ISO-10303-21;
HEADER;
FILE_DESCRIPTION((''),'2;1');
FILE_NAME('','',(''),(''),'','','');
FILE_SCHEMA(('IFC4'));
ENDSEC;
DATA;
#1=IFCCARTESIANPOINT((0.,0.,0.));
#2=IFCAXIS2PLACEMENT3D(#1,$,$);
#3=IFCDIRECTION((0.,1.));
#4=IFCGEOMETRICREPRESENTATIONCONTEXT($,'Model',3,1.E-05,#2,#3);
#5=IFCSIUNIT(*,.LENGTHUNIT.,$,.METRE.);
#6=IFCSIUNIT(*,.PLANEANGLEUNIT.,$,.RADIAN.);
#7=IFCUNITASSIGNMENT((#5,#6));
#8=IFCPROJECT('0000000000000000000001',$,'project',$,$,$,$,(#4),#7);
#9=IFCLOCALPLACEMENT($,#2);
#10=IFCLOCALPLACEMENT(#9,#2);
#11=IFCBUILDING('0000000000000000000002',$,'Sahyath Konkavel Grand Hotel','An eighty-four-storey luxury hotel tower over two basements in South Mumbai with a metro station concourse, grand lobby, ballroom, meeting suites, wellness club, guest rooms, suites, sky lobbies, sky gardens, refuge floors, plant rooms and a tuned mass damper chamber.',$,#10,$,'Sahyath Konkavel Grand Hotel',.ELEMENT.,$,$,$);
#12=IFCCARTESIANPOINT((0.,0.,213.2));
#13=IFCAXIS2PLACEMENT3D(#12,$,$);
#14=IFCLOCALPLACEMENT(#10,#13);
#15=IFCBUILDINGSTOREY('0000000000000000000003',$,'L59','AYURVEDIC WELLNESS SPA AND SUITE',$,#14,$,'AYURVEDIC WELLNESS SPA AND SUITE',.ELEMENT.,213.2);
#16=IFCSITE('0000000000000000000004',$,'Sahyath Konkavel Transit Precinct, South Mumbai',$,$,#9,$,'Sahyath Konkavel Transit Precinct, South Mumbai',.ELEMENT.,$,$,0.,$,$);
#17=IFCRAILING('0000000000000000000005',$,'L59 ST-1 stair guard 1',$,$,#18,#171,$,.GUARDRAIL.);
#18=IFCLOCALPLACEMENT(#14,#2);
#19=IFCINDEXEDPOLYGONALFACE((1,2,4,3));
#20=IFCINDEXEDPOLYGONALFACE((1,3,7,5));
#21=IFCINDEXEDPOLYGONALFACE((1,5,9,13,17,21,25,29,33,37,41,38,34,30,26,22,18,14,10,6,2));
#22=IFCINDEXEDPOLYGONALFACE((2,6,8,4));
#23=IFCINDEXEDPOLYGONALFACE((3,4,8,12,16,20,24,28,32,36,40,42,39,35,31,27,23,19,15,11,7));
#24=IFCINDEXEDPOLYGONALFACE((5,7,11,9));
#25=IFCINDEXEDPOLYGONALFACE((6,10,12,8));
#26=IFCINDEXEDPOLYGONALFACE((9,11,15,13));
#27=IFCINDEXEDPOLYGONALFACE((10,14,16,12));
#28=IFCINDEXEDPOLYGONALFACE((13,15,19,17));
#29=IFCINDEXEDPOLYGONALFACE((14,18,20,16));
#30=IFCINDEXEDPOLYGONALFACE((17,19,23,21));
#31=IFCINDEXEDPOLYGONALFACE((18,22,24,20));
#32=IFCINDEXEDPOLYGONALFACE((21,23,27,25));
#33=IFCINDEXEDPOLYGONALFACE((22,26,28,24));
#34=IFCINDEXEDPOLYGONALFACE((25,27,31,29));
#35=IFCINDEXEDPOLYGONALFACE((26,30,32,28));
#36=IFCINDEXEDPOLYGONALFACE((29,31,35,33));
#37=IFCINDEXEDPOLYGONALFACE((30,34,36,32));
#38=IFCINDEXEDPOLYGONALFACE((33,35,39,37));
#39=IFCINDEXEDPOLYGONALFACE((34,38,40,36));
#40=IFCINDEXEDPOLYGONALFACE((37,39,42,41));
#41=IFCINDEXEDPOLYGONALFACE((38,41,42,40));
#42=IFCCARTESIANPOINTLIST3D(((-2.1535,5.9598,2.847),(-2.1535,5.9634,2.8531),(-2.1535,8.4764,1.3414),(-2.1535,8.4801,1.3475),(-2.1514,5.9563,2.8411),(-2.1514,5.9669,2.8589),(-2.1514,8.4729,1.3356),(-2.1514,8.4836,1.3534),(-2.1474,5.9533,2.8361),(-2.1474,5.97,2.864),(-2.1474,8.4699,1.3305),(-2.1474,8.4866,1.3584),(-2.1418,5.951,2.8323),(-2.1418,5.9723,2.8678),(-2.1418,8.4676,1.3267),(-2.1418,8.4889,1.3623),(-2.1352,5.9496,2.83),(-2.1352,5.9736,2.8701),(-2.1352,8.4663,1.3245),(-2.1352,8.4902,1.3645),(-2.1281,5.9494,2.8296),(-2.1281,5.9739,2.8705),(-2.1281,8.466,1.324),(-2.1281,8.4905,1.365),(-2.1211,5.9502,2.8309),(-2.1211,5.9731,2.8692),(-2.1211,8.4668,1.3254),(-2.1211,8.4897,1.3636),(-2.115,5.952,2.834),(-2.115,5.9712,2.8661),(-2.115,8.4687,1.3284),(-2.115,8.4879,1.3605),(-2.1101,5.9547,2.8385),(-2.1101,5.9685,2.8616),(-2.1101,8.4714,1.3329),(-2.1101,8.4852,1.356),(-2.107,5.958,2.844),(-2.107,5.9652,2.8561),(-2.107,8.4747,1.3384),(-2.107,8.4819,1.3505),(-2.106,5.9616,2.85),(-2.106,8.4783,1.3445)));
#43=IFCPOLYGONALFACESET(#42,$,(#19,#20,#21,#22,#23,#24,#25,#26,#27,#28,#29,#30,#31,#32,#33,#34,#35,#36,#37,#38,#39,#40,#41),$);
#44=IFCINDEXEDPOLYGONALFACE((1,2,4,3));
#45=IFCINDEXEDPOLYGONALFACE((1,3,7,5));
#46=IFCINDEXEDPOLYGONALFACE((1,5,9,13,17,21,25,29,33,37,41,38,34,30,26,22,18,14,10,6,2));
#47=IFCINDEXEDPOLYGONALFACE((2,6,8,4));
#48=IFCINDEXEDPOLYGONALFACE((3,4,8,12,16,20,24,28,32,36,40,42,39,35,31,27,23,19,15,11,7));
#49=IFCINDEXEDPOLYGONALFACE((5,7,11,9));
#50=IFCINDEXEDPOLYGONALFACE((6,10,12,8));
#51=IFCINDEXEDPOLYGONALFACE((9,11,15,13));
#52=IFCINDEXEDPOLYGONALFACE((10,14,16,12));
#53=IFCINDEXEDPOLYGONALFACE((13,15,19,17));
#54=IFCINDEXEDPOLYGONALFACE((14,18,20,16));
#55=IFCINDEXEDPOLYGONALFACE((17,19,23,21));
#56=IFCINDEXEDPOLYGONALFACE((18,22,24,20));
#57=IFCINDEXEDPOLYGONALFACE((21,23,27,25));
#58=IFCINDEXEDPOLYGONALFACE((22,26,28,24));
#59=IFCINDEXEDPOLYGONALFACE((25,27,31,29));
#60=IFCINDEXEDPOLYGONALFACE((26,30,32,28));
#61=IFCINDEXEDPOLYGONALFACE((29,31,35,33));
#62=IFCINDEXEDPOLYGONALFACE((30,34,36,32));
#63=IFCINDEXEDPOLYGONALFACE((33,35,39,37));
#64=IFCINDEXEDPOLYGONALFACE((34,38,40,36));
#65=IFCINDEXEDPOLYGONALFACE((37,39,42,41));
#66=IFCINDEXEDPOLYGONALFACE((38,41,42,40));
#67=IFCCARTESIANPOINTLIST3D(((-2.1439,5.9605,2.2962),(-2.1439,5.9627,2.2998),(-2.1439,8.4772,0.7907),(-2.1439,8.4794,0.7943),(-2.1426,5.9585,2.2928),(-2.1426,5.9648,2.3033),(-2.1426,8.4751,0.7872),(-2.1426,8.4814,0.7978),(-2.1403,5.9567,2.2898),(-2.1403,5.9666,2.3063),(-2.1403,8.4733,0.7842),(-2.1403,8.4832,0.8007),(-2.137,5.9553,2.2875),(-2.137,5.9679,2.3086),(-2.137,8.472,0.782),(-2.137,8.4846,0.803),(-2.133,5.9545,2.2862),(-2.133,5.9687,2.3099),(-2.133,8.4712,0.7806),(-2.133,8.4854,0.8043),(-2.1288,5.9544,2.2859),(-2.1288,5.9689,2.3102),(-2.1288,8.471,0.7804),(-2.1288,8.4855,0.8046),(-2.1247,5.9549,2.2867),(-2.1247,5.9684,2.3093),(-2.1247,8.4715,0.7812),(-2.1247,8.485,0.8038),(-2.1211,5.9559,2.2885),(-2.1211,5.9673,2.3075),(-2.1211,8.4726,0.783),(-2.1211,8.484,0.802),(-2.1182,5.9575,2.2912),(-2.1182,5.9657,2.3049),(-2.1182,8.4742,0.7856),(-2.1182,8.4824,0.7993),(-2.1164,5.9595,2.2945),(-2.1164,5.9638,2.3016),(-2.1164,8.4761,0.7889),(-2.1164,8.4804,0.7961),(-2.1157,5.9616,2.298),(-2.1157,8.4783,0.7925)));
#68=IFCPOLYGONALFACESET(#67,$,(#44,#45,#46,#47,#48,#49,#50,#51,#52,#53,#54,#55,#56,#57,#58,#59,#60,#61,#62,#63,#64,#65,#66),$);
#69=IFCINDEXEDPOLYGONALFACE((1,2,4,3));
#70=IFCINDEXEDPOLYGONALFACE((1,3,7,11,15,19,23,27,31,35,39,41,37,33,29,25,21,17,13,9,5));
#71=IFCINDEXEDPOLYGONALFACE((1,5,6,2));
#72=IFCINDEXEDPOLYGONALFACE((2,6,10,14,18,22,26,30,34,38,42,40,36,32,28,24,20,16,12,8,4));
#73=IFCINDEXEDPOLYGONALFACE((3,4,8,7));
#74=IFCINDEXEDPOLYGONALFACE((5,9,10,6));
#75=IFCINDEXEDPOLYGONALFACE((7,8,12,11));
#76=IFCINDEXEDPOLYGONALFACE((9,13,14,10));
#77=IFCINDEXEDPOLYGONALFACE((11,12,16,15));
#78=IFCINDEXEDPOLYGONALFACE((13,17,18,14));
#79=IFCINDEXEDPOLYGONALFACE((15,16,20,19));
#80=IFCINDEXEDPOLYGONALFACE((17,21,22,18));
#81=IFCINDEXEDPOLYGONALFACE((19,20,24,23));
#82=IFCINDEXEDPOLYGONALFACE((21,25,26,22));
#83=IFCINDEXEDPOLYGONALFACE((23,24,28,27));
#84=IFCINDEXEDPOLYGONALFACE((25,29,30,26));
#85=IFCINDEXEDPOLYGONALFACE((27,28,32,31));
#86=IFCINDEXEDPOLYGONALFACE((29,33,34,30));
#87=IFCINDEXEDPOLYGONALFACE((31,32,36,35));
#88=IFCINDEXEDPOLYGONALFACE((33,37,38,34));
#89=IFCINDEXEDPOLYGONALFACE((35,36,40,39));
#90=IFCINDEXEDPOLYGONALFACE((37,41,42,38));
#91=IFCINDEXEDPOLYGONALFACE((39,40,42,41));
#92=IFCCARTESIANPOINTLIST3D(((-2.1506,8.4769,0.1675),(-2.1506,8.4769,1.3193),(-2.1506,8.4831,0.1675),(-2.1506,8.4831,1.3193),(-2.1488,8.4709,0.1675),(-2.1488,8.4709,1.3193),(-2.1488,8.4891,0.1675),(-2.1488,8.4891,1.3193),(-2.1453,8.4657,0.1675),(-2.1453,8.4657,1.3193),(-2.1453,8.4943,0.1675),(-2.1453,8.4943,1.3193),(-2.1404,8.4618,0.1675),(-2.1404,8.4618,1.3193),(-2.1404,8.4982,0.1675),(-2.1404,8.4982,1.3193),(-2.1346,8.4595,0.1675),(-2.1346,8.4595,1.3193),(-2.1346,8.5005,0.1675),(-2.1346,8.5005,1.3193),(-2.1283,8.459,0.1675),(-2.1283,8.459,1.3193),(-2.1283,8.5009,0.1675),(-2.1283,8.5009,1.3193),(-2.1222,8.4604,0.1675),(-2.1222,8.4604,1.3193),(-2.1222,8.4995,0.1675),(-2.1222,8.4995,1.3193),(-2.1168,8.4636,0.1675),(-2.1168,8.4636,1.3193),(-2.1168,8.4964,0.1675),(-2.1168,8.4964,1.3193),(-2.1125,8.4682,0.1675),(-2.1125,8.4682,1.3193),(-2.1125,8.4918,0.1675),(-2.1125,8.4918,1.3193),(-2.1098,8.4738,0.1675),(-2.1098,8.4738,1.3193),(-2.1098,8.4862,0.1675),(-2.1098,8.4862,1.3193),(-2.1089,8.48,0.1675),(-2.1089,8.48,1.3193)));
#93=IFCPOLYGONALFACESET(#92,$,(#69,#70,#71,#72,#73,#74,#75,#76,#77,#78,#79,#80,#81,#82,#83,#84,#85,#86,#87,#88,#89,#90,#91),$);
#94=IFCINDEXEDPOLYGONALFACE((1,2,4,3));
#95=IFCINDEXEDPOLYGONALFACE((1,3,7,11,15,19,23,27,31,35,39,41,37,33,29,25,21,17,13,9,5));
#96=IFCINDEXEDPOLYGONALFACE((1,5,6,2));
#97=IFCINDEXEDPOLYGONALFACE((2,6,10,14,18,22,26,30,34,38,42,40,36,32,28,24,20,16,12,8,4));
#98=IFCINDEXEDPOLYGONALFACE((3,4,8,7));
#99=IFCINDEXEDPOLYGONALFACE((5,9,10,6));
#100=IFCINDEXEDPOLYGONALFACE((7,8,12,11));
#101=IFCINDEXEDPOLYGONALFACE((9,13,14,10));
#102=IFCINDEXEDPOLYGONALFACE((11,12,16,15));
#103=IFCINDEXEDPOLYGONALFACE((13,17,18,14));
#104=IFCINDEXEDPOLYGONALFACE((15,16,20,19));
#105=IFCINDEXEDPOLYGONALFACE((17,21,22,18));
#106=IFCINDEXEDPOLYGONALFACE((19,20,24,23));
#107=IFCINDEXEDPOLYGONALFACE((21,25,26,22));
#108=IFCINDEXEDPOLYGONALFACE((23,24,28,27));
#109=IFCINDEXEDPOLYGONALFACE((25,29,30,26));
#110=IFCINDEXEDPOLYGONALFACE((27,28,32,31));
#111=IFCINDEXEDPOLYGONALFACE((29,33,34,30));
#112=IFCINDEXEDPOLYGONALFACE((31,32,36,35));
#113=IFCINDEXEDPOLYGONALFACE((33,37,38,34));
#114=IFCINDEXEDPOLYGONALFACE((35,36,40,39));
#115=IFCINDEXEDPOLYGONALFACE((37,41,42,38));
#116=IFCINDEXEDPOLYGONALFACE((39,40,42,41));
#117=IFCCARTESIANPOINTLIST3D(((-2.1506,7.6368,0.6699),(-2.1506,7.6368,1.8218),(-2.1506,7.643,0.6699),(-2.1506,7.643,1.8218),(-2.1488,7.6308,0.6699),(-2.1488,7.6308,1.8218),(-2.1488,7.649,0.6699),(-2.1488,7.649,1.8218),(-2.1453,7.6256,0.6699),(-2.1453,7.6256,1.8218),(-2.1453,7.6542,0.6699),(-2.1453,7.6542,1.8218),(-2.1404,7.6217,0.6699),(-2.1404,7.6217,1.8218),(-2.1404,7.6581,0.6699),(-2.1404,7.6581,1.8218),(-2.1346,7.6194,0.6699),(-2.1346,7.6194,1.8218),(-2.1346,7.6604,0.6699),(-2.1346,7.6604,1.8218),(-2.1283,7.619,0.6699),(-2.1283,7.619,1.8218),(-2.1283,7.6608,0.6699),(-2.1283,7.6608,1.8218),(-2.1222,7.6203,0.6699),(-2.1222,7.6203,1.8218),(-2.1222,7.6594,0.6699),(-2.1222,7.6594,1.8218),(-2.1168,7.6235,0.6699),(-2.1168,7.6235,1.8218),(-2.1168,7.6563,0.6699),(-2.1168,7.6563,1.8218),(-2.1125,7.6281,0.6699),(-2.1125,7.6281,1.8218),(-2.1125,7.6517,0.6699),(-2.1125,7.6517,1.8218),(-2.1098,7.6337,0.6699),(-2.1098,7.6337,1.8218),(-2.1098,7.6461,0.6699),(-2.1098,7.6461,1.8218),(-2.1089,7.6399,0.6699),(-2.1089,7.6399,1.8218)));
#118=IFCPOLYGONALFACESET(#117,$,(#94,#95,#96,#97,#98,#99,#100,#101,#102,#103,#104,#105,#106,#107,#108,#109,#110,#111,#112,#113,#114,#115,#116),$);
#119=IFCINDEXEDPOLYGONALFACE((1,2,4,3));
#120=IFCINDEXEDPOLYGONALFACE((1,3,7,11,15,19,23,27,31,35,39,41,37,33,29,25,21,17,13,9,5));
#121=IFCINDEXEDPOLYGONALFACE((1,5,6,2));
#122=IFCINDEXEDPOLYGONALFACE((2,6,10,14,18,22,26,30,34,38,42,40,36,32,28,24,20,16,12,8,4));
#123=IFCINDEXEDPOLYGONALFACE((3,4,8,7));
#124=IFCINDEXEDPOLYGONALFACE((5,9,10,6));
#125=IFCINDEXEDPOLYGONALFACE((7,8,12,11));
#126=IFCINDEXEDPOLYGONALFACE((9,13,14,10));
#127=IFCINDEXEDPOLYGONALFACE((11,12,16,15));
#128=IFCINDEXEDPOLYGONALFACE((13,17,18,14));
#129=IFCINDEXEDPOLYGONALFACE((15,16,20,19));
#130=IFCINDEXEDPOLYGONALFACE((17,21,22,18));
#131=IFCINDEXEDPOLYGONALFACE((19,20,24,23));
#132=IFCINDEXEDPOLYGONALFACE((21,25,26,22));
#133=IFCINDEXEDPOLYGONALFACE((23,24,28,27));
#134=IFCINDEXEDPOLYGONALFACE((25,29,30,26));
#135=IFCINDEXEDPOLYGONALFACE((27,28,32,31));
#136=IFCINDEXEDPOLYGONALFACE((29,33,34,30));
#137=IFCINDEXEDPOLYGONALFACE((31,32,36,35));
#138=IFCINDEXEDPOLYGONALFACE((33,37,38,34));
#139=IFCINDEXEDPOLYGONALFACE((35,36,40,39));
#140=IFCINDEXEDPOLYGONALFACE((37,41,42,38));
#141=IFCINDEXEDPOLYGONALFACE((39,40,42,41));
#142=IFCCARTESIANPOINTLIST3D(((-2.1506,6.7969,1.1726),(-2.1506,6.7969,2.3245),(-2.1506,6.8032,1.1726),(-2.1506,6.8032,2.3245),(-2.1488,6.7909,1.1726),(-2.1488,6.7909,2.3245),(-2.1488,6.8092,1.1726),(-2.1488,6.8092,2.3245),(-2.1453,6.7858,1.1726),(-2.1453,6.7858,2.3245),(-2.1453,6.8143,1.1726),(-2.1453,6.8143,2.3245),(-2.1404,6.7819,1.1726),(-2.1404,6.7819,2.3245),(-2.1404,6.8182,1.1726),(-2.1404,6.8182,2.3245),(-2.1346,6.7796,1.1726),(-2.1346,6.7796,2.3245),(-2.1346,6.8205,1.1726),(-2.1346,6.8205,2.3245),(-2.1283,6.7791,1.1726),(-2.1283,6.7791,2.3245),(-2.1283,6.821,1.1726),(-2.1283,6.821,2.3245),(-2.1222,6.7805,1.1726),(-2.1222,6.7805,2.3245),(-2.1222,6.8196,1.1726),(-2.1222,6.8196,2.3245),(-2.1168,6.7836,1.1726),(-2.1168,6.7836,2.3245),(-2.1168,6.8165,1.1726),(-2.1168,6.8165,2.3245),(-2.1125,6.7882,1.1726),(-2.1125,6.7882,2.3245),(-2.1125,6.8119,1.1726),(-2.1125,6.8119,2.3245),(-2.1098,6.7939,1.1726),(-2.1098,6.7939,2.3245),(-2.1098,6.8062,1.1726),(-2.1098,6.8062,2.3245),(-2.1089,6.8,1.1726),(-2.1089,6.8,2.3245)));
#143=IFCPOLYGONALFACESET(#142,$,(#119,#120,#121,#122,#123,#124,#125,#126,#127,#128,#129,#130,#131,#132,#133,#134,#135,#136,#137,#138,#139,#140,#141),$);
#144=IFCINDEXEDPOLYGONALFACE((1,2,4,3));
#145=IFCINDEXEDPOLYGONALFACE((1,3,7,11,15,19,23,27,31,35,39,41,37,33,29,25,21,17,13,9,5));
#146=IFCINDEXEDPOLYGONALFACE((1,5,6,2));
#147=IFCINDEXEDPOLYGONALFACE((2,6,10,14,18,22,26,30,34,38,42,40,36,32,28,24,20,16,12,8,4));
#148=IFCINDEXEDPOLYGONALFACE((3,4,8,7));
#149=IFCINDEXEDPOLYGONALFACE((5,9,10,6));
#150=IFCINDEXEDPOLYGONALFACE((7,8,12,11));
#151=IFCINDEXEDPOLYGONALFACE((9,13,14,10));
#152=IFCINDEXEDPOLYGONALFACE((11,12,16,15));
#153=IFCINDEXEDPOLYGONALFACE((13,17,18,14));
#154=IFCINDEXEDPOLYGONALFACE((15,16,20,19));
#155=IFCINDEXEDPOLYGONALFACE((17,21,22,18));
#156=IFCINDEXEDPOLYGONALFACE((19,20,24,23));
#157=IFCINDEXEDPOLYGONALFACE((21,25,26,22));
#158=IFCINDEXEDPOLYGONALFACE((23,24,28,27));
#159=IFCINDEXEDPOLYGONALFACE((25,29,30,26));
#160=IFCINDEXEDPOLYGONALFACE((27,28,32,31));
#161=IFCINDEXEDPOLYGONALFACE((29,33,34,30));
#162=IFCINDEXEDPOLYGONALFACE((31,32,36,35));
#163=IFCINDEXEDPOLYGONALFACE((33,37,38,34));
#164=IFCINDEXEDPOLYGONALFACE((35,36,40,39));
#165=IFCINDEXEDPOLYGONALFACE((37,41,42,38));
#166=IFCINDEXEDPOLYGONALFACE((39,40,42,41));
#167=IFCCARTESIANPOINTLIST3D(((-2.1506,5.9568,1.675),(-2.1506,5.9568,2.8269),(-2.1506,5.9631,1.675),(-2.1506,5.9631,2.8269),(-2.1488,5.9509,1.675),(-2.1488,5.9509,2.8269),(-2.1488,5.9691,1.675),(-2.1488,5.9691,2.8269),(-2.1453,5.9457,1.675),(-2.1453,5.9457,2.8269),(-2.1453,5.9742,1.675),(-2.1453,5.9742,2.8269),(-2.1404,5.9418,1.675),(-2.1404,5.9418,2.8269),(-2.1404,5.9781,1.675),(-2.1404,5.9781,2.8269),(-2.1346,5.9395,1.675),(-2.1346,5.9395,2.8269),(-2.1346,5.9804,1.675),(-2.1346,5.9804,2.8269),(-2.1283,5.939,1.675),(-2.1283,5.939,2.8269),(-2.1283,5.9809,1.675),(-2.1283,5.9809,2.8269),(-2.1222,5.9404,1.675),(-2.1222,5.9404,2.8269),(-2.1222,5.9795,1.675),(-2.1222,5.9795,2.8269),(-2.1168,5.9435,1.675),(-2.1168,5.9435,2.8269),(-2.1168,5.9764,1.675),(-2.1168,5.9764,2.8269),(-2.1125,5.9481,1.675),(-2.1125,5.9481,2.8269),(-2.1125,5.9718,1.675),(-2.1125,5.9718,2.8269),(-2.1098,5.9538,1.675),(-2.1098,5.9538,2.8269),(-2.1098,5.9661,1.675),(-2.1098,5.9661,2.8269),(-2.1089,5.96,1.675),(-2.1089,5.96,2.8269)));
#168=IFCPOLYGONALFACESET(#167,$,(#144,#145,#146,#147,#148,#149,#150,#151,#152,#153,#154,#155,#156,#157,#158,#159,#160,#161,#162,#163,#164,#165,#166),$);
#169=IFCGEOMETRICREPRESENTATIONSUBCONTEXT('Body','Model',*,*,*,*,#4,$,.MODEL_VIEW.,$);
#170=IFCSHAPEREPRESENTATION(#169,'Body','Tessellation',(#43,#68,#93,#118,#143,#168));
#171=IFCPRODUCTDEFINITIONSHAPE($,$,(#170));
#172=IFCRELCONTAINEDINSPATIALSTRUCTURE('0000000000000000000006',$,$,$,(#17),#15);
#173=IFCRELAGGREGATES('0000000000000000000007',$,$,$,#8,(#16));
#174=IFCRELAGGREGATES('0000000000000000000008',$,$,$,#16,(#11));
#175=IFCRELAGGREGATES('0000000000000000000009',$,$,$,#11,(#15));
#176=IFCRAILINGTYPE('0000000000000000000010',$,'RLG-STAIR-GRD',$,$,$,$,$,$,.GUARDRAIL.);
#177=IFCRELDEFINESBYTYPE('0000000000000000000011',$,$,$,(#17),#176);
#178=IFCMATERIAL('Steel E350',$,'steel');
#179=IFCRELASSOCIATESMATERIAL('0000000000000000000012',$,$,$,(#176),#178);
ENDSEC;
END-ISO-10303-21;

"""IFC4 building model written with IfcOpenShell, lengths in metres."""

from ifc_helpers import new_model, si_unit, direction, frame, origin, origin_2d, place, context, subcontext, project, spatial, circle, extrude, material, type_object, element, save


model = new_model("IFC4")

# Units and contexts
model_context = context("Model", 3, precision=1e-05, world=origin(), true_north=direction((0.0, 1.0)))
body_context = subcontext(model_context, "Body", "Model", "MODEL_VIEW")
ifc_project = project(units=[si_unit("LENGTHUNIT", "METRE"), si_unit("PLANEANGLEUNIT", "RADIAN")], contexts=[model_context])

# Site, building, storey
site_placement = place(None, origin())
site = spatial("IfcSite", under=ifc_project, at=site_placement, Name="Sahyath Konkavel Transit Precinct, South Mumbai", LongName="Sahyath Konkavel Transit Precinct, South Mumbai", CompositionType="ELEMENT", RefElevation=0.0)
building_placement = place(site_placement, origin())
building = spatial("IfcBuilding", under=site, at=building_placement, Name="Sahyath Konkavel Grand Hotel", Description="An eighty-four-storey luxury hotel tower over two basements in South Mumbai with a metro station concourse, grand lobby, ballroom, meeting suites, wellness club, guest rooms, suites, sky lobbies, sky gardens, refuge floors, plant rooms and a tuned mass damper chamber.", LongName="Sahyath Konkavel Grand Hotel", CompositionType="ELEMENT")
storey_placement = place(building_placement, frame((0.0, 0.0, 213.2)))
storey = spatial("IfcBuildingStorey", under=building, at=storey_placement, Name="L59", Description="AYURVEDIC WELLNESS SPA AND SUITE", LongName="AYURVEDIC WELLNESS SPA AND SUITE", CompositionType="ELEMENT", Elevation=213.2)

# Shared definitions
ifc_material_1 = material(Name="Steel E350", Category="steel")

# Railing
railing_type_1 = type_object("IfcRailingType", Name="RLG-STAIR-GRD", PredefinedType="GUARDRAIL", material=ifc_material_1)
railing_1_placement = place(storey_placement, frame((-2.1299, 8.48, 0.1675)))
element("IfcRailing", 1, at=railing_1_placement, inside=storey, type_object=railing_type_1, Name="L59 ST-1 stair guard 1", PredefinedType="GUARDRAIL", context=body_context, shape_type="SweptSolid", body=[
    extrude(circle(Radius=0.0239, at=origin_2d()), frame((0.0, -0.0017, 1.177), z_axis=(0.0, -0.85816, 0.513383), x_axis=(1.0, 0.0, 0.0)), (0.0, 0.0, 1.0), 2.9326),
    extrude(circle(Radius=0.0142, at=origin_2d()), frame((0.0, -0.0017, 0.625), z_axis=(0.0, -0.85816, 0.513383), x_axis=(1.0, 0.0, 0.0)), (0.0, 0.0, 1.0), 2.9326),
    extrude(circle(Radius=0.021, at=origin_2d()), origin(), (0.0, 0.0, 1.0), 1.1519),
    extrude(circle(Radius=0.021, at=origin_2d()), frame((0.0, -0.8401, 0.5024)), (0.0, 0.0, 1.0), 1.1519),
    extrude(circle(Radius=0.021, at=origin_2d()), frame((0.0, -1.6799, 1.0051)), (0.0, 0.0, 1.0), 1.1519),
    extrude(circle(Radius=0.021, at=origin_2d()), frame((0.0, -2.52, 1.5076)), (0.0, 0.0, 1.0), 1.1519),
])

save(model, "model.ifc")
